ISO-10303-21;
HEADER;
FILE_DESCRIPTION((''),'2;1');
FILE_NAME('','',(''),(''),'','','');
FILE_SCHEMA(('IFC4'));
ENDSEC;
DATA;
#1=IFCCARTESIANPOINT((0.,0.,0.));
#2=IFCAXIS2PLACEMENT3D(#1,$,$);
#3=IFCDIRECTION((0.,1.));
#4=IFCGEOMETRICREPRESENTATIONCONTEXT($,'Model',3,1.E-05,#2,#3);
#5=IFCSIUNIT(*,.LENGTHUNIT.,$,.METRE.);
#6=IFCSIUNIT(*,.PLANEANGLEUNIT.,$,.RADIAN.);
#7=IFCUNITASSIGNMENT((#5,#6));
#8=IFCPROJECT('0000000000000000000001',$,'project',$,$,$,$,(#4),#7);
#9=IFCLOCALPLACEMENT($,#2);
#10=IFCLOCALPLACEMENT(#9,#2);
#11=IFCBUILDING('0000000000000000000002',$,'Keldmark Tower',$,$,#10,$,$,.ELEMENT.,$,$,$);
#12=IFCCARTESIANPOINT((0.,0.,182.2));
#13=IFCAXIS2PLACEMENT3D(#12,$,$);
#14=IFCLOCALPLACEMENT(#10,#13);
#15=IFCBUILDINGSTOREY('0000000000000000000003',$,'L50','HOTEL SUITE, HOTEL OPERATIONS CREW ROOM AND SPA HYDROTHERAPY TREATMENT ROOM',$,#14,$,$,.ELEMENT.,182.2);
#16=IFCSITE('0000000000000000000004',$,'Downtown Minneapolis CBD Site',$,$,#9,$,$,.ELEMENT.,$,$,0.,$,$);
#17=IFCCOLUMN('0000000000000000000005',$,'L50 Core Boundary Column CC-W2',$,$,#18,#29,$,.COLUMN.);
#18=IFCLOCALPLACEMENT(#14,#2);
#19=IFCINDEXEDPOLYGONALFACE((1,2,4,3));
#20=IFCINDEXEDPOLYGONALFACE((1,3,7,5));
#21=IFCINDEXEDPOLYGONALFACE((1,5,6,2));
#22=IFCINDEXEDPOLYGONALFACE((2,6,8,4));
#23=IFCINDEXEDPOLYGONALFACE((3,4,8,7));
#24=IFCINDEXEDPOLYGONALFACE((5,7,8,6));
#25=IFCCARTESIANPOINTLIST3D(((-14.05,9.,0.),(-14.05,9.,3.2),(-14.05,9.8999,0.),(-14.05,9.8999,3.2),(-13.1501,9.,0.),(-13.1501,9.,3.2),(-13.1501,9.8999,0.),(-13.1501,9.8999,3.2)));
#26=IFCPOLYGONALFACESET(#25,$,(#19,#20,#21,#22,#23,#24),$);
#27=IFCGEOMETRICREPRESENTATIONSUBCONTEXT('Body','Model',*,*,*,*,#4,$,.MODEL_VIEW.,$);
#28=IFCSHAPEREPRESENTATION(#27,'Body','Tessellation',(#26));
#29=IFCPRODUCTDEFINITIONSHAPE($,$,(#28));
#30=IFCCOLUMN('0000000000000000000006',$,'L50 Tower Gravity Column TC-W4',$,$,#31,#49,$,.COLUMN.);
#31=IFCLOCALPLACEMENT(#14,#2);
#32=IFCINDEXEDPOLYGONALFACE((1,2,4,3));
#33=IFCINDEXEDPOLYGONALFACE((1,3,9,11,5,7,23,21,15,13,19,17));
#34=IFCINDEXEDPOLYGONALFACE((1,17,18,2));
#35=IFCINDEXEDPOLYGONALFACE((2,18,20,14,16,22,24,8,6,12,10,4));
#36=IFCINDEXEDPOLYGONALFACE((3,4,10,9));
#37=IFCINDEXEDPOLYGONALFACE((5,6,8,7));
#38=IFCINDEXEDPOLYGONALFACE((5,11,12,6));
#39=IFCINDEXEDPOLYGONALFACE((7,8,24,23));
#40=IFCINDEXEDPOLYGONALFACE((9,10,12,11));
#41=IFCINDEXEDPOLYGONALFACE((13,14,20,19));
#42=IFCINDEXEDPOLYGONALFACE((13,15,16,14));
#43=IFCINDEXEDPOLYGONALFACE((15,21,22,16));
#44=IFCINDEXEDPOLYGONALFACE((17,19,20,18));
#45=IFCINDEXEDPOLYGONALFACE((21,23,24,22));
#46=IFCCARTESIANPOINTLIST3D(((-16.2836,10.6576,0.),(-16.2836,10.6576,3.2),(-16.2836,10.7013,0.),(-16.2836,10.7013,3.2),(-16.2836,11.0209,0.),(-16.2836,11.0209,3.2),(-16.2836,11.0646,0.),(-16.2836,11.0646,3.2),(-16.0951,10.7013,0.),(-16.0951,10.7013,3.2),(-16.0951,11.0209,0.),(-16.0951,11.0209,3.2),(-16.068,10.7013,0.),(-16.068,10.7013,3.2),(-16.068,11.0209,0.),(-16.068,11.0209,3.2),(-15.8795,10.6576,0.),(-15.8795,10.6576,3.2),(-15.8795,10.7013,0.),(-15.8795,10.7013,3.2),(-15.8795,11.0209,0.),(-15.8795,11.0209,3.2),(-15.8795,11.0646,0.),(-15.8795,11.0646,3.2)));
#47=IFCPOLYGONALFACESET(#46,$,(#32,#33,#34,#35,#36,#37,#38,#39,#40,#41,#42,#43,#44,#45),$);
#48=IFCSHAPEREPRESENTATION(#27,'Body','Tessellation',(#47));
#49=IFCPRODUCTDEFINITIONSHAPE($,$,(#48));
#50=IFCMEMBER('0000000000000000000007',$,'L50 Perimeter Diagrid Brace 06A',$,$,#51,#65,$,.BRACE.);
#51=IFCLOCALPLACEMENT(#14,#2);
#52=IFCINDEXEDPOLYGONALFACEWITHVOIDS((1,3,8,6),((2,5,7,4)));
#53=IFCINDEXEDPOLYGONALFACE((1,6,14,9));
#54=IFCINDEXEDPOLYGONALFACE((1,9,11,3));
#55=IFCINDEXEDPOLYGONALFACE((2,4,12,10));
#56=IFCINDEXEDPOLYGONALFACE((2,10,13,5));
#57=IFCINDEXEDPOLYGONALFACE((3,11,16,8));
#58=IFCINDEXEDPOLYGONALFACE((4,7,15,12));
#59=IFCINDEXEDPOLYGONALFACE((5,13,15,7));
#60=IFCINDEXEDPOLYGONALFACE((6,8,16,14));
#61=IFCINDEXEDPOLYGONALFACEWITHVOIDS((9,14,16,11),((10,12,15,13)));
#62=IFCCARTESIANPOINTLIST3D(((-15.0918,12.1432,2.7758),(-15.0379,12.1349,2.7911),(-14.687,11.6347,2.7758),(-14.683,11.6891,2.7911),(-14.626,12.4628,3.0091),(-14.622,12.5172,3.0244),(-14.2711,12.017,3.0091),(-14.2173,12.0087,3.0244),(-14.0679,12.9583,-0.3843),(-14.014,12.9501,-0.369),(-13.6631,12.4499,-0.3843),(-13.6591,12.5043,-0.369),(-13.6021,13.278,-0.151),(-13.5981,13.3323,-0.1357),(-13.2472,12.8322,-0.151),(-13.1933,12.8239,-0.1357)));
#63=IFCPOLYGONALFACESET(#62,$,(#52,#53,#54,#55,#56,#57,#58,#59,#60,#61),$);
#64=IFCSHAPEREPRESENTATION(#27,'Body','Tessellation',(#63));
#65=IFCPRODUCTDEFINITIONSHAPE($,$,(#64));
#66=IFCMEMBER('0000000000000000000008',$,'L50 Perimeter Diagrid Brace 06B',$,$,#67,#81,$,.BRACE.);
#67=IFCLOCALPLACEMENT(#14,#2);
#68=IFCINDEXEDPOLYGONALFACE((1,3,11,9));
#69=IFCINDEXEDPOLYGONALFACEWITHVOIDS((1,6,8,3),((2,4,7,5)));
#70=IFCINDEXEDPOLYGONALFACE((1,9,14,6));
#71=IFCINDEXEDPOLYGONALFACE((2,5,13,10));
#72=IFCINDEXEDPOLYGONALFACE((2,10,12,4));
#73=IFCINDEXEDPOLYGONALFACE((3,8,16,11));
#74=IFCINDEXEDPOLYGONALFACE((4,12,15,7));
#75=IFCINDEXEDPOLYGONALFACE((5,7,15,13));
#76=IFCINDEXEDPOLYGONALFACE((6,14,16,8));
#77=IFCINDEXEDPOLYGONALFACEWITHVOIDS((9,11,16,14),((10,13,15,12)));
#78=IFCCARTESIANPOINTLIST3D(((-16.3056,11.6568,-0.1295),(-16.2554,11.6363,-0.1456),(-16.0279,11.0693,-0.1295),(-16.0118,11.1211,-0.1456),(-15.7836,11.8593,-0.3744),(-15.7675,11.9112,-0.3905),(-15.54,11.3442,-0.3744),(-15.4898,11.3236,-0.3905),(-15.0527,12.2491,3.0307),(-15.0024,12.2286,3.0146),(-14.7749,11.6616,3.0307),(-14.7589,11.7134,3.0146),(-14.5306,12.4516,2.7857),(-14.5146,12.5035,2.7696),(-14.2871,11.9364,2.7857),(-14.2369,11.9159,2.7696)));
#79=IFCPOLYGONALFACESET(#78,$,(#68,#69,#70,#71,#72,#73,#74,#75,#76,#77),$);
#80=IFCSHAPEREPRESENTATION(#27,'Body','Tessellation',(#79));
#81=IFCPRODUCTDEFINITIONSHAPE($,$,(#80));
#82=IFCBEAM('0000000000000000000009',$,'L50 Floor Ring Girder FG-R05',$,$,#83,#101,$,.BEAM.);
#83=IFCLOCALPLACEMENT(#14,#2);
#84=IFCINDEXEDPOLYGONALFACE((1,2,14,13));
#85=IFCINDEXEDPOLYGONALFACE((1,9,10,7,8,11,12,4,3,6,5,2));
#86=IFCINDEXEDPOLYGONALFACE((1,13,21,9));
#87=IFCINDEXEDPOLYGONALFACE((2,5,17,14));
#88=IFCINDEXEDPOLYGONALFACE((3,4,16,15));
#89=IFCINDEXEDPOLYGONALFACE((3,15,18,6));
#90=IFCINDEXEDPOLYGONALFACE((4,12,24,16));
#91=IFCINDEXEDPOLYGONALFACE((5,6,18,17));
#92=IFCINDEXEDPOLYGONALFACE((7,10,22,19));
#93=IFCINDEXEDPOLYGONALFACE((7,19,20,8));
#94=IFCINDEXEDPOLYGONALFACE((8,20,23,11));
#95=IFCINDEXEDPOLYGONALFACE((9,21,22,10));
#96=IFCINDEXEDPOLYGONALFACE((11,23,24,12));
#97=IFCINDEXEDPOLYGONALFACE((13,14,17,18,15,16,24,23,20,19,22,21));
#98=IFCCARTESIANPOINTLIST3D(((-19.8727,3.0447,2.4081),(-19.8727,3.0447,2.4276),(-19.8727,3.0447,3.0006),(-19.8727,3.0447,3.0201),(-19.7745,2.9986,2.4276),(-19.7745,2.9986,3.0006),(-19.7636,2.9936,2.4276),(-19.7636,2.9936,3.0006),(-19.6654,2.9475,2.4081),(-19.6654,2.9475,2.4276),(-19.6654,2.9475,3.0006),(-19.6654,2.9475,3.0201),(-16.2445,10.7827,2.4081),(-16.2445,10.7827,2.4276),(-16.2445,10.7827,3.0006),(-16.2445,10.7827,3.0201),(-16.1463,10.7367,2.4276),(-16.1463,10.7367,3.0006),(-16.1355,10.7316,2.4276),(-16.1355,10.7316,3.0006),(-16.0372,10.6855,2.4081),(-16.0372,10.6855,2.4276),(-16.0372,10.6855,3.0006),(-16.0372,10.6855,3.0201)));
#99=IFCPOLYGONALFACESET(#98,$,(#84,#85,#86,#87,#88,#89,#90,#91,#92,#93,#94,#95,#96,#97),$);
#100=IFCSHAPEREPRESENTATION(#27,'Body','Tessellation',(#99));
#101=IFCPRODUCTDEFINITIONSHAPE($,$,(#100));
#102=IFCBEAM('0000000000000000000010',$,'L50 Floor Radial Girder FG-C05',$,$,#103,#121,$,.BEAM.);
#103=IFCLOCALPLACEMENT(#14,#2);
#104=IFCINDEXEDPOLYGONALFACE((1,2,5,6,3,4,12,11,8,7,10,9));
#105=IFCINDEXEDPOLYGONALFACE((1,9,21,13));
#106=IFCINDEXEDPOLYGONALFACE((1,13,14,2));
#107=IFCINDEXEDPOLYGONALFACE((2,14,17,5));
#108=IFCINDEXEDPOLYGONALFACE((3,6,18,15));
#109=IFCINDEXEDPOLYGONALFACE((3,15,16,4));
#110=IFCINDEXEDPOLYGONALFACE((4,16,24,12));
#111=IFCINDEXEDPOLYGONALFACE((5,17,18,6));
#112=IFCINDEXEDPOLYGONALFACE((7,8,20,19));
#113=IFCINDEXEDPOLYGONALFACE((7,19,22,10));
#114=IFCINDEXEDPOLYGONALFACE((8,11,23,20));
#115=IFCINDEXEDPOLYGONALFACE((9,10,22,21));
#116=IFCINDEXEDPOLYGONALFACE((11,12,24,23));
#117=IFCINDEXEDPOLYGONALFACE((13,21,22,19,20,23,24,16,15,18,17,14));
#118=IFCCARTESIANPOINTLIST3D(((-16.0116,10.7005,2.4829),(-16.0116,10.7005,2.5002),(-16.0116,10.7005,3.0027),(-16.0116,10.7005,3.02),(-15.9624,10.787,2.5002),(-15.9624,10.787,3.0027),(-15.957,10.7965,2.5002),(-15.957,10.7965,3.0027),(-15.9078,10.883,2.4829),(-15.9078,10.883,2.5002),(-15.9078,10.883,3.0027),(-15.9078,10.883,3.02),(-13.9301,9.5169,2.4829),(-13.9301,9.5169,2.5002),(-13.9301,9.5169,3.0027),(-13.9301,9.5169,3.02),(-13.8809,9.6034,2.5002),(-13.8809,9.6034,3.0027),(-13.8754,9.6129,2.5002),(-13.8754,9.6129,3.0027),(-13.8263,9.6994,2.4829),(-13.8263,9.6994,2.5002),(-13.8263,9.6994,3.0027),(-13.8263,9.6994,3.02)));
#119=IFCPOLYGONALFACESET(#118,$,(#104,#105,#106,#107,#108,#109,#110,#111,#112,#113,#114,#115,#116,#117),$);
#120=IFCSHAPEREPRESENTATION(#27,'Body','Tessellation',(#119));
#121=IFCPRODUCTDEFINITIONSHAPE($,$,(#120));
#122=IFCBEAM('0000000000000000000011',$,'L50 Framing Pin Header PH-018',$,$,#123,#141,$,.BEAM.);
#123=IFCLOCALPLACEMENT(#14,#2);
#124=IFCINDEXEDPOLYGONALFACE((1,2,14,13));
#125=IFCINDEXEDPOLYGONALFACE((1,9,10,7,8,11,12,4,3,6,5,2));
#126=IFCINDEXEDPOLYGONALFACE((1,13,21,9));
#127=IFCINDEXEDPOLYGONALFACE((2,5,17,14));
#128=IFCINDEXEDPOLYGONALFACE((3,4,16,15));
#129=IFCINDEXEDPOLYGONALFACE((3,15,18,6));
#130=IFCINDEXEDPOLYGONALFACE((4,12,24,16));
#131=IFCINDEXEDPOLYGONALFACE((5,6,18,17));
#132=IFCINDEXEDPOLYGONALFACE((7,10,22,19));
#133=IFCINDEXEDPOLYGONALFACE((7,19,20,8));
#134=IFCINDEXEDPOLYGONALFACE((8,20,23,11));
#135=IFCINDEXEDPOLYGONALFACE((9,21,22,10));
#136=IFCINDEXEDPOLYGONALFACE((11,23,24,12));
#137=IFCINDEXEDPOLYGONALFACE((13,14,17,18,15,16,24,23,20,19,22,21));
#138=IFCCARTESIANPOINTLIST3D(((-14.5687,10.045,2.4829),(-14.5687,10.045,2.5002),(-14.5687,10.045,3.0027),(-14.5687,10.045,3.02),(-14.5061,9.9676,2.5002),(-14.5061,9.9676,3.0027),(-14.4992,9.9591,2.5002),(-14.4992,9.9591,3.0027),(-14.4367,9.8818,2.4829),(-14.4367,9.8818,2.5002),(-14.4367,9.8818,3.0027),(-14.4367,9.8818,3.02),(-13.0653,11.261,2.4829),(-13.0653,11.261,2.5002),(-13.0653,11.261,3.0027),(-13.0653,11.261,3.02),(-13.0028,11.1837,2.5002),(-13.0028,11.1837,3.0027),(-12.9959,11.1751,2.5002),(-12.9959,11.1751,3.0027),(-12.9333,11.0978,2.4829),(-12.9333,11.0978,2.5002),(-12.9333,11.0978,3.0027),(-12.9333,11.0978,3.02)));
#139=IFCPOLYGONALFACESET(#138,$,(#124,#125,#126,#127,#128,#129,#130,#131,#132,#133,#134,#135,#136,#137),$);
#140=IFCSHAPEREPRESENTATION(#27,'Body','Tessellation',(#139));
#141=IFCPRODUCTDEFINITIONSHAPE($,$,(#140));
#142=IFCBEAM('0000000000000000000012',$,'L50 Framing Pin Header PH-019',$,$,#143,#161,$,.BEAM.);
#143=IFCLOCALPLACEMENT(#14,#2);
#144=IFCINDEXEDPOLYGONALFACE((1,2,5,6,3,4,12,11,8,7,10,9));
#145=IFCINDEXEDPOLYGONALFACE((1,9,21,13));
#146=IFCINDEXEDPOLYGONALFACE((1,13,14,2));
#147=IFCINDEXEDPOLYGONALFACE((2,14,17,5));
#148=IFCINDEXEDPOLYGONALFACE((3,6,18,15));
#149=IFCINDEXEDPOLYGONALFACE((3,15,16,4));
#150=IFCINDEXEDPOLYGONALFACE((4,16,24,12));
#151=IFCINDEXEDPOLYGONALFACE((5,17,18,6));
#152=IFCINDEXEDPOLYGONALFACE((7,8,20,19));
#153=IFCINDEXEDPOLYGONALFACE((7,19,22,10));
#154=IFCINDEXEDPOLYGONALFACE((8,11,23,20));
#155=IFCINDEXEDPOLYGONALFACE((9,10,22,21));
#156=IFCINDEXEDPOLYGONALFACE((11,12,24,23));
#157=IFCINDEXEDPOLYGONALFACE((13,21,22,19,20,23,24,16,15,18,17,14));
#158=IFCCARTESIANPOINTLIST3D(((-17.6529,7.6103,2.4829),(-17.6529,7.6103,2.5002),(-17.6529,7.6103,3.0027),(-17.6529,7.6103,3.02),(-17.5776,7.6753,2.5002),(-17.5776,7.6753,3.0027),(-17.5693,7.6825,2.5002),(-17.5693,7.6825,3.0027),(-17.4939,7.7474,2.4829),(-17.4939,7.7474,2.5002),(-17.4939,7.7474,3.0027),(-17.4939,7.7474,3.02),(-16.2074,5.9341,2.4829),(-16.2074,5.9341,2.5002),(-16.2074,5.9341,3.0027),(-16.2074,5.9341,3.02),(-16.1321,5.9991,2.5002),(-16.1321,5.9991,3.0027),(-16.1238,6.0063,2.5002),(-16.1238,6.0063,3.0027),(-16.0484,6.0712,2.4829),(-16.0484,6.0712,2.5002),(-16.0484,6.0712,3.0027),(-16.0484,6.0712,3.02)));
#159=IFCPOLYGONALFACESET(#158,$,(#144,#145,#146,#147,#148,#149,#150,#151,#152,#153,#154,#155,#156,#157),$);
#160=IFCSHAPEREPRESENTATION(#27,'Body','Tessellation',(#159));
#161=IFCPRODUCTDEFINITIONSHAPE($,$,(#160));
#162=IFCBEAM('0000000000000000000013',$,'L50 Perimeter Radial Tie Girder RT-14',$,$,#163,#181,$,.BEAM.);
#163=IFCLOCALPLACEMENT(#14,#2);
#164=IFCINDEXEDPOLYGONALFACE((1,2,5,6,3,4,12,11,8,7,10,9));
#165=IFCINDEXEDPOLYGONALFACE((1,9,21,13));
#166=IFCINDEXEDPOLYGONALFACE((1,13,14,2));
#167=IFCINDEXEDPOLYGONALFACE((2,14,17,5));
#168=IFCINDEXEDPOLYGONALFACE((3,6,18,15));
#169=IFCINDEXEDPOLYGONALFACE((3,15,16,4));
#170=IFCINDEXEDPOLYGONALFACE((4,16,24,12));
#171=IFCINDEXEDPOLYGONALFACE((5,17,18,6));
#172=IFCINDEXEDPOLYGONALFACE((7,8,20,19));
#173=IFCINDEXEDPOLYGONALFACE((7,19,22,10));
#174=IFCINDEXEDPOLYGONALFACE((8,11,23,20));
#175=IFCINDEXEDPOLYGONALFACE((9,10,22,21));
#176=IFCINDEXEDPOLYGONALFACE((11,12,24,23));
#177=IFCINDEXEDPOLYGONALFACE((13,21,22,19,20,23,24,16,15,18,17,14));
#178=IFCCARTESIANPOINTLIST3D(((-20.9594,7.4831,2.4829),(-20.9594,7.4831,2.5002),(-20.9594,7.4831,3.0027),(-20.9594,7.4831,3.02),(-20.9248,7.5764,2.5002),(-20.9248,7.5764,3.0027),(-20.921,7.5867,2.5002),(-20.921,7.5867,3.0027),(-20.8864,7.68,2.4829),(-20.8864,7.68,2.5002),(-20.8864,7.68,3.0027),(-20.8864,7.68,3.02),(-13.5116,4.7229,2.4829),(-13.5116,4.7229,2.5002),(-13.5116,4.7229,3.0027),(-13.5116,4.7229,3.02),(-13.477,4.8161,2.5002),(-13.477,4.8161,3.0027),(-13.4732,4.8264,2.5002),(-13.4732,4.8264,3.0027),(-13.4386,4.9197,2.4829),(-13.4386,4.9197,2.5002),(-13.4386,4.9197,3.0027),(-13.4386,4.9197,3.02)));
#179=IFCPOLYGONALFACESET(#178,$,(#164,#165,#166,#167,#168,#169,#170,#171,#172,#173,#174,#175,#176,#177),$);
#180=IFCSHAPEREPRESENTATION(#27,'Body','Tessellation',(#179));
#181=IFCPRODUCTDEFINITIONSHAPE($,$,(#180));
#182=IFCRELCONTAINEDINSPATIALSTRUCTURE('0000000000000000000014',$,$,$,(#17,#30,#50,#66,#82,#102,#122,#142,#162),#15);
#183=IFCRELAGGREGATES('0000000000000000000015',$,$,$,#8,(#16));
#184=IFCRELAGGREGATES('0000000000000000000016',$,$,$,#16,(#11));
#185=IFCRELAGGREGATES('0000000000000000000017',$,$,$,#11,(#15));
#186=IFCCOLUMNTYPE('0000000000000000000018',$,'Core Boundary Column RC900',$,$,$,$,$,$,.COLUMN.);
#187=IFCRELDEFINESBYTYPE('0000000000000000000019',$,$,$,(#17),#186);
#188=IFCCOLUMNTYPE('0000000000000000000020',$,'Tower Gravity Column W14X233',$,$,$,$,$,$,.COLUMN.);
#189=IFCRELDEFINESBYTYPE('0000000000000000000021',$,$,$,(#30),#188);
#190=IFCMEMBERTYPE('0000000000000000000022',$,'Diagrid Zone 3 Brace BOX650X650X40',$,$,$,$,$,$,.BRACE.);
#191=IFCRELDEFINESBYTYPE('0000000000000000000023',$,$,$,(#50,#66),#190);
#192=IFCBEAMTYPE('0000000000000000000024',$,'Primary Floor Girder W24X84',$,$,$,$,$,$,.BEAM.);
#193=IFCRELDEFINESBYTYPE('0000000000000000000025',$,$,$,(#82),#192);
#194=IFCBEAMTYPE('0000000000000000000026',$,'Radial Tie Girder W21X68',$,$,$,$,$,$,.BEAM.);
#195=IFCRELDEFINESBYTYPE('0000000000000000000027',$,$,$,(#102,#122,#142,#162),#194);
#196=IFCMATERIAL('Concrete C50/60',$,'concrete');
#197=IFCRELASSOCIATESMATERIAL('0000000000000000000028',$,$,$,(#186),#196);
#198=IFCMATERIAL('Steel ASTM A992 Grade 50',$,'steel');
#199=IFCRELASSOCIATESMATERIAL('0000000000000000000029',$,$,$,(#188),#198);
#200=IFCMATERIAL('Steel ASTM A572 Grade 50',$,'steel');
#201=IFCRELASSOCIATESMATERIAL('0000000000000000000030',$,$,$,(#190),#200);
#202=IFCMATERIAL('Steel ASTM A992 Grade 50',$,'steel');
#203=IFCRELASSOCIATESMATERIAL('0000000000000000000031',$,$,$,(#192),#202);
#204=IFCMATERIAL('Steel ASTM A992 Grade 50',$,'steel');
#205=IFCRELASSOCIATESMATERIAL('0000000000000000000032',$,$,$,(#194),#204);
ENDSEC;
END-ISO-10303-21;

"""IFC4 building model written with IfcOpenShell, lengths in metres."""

from ifc_helpers import new_model, si_unit, direction, frame, origin, origin_2d, place, context, subcontext, project, spatial, rectangle, hollow_rectangle, i_section, extrude, material, material_profile, profile_set, type_object, element, save


model = new_model("IFC4")

# Units and contexts
model_context = context("Model", 3, precision=1e-05, world=origin(), true_north=direction((0.0, 1.0)))
body_context = subcontext(model_context, "Body", "Model", "MODEL_VIEW")
ifc_project = project(units=[si_unit("LENGTHUNIT", "METRE"), si_unit("PLANEANGLEUNIT", "RADIAN")], contexts=[model_context])

# Site, building, storey
site_placement = place(None, origin())
site = spatial("IfcSite", under=ifc_project, at=site_placement, Name="Downtown Minneapolis CBD Site", CompositionType="ELEMENT", RefElevation=0.0)
building_placement = place(site_placement, origin())
building = spatial("IfcBuilding", under=site, at=building_placement, Name="Keldmark Tower", CompositionType="ELEMENT")
storey_placement = place(building_placement, frame((0.0, 0.0, 182.2)))
storey = spatial("IfcBuildingStorey", under=building, at=storey_placement, Name="L50", Description="HOTEL SUITE, HOTEL OPERATIONS CREW ROOM AND SPA HYDROTHERAPY TREATMENT ROOM", CompositionType="ELEMENT", Elevation=182.2)

# Columns
ifc_material_1 = material(Name="Concrete C50/60", Category="concrete")
ifc_material_profile_1 = material_profile(ifc_material_1, rectangle(XDim=0.8999, YDim=0.8999, at=origin_2d()), Name="RC900X900")
ifc_profile_set_1 = profile_set([ifc_material_profile_1], Name="Concrete C50/60")
column_type_1 = type_object("IfcColumnType", Name="Core Boundary Column RC900", PredefinedType="COLUMN", material=ifc_profile_set_1)
column_1_placement = place(storey_placement, frame((-13.6001, 9.45, 0.0), z_axis=(0.0, 0.0, 1.0), x_axis=(1.0, 0.0, 0.0)))
element("IfcColumn", 1, at=column_1_placement, inside=storey, type_object=column_type_1, Name="L50 Core Boundary Column CC-W2", PredefinedType="COLUMN", context=body_context, shape_type="SweptSolid", body=[
    extrude(rectangle(XDim=0.8999, YDim=0.8999, at=origin_2d()), origin(), (0.0, 0.0, 1.0), 3.2),
])
ifc_material_2 = material(Name="Steel ASTM A992 Grade 50", Category="steel")
ifc_material_profile_2 = material_profile(ifc_material_2, i_section(OverallWidth=0.4041, OverallDepth=0.407, WebThickness=0.0271, FlangeThickness=0.0437, at=origin_2d()), Name="W14X233")
ifc_profile_set_2 = profile_set([ifc_material_profile_2], Name="Steel ASTM A992 Grade 50")
column_type_2 = type_object("IfcColumnType", Name="Tower Gravity Column W14X233", PredefinedType="COLUMN", material=ifc_profile_set_2)
column_2_placement = place(storey_placement, frame((-16.0815, 10.8611, 0.0), z_axis=(0.0, 0.0, 1.0), x_axis=(1.0, 0.0, 0.0)))
element("IfcColumn", 2, at=column_2_placement, inside=storey, type_object=column_type_2, Name="L50 Tower Gravity Column TC-W4", PredefinedType="COLUMN", context=body_context, shape_type="SweptSolid", body=[
    extrude(i_section(OverallWidth=0.4041, OverallDepth=0.407, WebThickness=0.0271, FlangeThickness=0.0437, at=origin_2d()), origin(), (0.0, 0.0, 1.0), 3.2),
])

# Members
ifc_material_3 = material(Name="Steel ASTM A572 Grade 50", Category="steel")
ifc_material_profile_3 = material_profile(ifc_material_3, hollow_rectangle(XDim=0.6499, YDim=0.6499, WallThickness=0.04, at=origin_2d()), Name="BOX650X650X40")
ifc_profile_set_3 = profile_set([ifc_material_profile_3], Name="Steel ASTM A572 Grade 50")
member_type = type_object("IfcMemberType", Name="Diagrid Zone 3 Brace BOX650X650X40", PredefinedType="BRACE", material=ifc_profile_set_3)
member_1_placement = place(storey_placement, frame((-13.6306, 12.8911, -0.26), z_axis=(-0.299353, -0.238326, 0.923898), x_axis=(0.622851, -0.782341, 0.0)))
element("IfcMember", 3, at=member_1_placement, inside=storey, type_object=member_type, Name="L50 Perimeter Diagrid Brace 06A", PredefinedType="BRACE", context=body_context, shape_type="SweptSolid", body=[
    extrude(hollow_rectangle(XDim=0.6499, YDim=0.6499, WallThickness=0.04, at=origin_2d()), origin(), (0.0, 0.0, 1.0), 3.4204),
])
member_2_placement = place(storey_placement, frame((-15.8977, 11.4902, -0.26), z_axis=(0.363096, 0.171643, 0.915806), x_axis=(-0.427374, 0.904075, 0.0)))
element("IfcMember", 4, at=member_2_placement, inside=storey, type_object=member_type, Name="L50 Perimeter Diagrid Brace 06B", PredefinedType="BRACE", context=body_context, shape_type="SweptSolid", body=[
    extrude(hollow_rectangle(XDim=0.6499, YDim=0.6499, WallThickness=0.04, at=origin_2d()), origin(), (0.0, 0.0, 1.0), 3.4507),
])

# Beams
ifc_material_4 = material(Name="Steel ASTM A992 Grade 50", Category="steel")
ifc_material_profile_4 = material_profile(ifc_material_4, i_section(OverallWidth=0.229, OverallDepth=0.6121, WebThickness=0.012, FlangeThickness=0.0195, at=origin_2d()), Name="W24X84")
ifc_profile_set_4 = profile_set([ifc_material_profile_4], Name="Steel ASTM A992 Grade 50")
beam_type_1 = type_object("IfcBeamType", Name="Primary Floor Girder W24X84", PredefinedType="BEAM", material=ifc_profile_set_4)
beam_1_placement = place(storey_placement, frame((-16.1409, 10.7341, 2.7141), z_axis=(-0.424527, -0.905415, 0.0), x_axis=(0.905415, -0.424527, 0.0)))
element("IfcBeam", 5, at=beam_1_placement, inside=storey, type_object=beam_type_1, Name="L50 Floor Ring Girder FG-R05", PredefinedType="BEAM", context=body_context, shape_type="SweptSolid", body=[
    extrude(i_section(OverallWidth=0.229, OverallDepth=0.6121, WebThickness=0.012, FlangeThickness=0.0195, at=origin_2d()), origin(), (0.0, 0.0, 1.0), 8.5464),
])
ifc_material_5 = material(Name="Steel ASTM A992 Grade 50", Category="steel")
ifc_material_profile_5 = material_profile(ifc_material_5, i_section(OverallWidth=0.21, OverallDepth=0.5371, WebThickness=0.011, FlangeThickness=0.0173, at=origin_2d()), Name="W21X68")
ifc_profile_set_5 = profile_set([ifc_material_profile_5], Name="Steel ASTM A992 Grade 50")
beam_type_2 = type_object("IfcBeamType", Name="Radial Tie Girder W21X68", PredefinedType="BEAM", material=ifc_profile_set_5)
beam_2_placement = place(storey_placement, frame((-15.9597, 10.7917, 2.7515), z_axis=(0.869295, -0.494293, 0.0), x_axis=(0.494293, 0.869295, 0.0)))
element("IfcBeam", 6, at=beam_2_placement, inside=storey, type_object=beam_type_2, Name="L50 Floor Radial Girder FG-C05", PredefinedType="BEAM", context=body_context, shape_type="SweptSolid", body=[
    extrude(i_section(OverallWidth=0.21, OverallDepth=0.5371, WebThickness=0.011, FlangeThickness=0.0173, at=origin_2d()), origin(), (0.0, 0.0, 1.0), 2.3945),
])
beam_3_placement = place(storey_placement, frame((-14.5027, 9.9634, 2.7515), z_axis=(0.777495, 0.628889, 0.0), x_axis=(-0.628889, 0.777495, 0.0)))
element("IfcBeam", 7, at=beam_3_placement, inside=storey, type_object=beam_type_2, Name="L50 Framing Pin Header PH-018", PredefinedType="BEAM", context=body_context, shape_type="SweptSolid", body=[
    extrude(i_section(OverallWidth=0.21, OverallDepth=0.5371, WebThickness=0.011, FlangeThickness=0.0173, at=origin_2d()), origin(), (0.0, 0.0, 1.0), 1.9336),
])
beam_4_placement = place(storey_placement, frame((-16.1279, 6.0027, 2.7515), z_axis=(-0.653068, 0.757299, 0.0), x_axis=(-0.757299, -0.653068, 0.0)))
element("IfcBeam", 8, at=beam_4_placement, inside=storey, type_object=beam_type_2, Name="L50 Framing Pin Header PH-019", PredefinedType="BEAM", context=body_context, shape_type="SweptSolid", body=[
    extrude(i_section(OverallWidth=0.21, OverallDepth=0.5371, WebThickness=0.011, FlangeThickness=0.0173, at=origin_2d()), origin(), (0.0, 0.0, 1.0), 2.2134),
])
beam_5_placement = place(storey_placement, frame((-13.4751, 4.8213, 2.7515), z_axis=(-0.937674, 0.347517, 0.0), x_axis=(-0.347517, -0.937674, 0.0)))
element("IfcBeam", 9, at=beam_5_placement, inside=storey, type_object=beam_type_2, Name="L50 Perimeter Radial Tie Girder RT-14", PredefinedType="BEAM", context=body_context, shape_type="SweptSolid", body=[
    extrude(i_section(OverallWidth=0.21, OverallDepth=0.5371, WebThickness=0.011, FlangeThickness=0.0173, at=origin_2d()), origin(), (0.0, 0.0, 1.0), 7.9429),
])

save(model, "model.ifc")
